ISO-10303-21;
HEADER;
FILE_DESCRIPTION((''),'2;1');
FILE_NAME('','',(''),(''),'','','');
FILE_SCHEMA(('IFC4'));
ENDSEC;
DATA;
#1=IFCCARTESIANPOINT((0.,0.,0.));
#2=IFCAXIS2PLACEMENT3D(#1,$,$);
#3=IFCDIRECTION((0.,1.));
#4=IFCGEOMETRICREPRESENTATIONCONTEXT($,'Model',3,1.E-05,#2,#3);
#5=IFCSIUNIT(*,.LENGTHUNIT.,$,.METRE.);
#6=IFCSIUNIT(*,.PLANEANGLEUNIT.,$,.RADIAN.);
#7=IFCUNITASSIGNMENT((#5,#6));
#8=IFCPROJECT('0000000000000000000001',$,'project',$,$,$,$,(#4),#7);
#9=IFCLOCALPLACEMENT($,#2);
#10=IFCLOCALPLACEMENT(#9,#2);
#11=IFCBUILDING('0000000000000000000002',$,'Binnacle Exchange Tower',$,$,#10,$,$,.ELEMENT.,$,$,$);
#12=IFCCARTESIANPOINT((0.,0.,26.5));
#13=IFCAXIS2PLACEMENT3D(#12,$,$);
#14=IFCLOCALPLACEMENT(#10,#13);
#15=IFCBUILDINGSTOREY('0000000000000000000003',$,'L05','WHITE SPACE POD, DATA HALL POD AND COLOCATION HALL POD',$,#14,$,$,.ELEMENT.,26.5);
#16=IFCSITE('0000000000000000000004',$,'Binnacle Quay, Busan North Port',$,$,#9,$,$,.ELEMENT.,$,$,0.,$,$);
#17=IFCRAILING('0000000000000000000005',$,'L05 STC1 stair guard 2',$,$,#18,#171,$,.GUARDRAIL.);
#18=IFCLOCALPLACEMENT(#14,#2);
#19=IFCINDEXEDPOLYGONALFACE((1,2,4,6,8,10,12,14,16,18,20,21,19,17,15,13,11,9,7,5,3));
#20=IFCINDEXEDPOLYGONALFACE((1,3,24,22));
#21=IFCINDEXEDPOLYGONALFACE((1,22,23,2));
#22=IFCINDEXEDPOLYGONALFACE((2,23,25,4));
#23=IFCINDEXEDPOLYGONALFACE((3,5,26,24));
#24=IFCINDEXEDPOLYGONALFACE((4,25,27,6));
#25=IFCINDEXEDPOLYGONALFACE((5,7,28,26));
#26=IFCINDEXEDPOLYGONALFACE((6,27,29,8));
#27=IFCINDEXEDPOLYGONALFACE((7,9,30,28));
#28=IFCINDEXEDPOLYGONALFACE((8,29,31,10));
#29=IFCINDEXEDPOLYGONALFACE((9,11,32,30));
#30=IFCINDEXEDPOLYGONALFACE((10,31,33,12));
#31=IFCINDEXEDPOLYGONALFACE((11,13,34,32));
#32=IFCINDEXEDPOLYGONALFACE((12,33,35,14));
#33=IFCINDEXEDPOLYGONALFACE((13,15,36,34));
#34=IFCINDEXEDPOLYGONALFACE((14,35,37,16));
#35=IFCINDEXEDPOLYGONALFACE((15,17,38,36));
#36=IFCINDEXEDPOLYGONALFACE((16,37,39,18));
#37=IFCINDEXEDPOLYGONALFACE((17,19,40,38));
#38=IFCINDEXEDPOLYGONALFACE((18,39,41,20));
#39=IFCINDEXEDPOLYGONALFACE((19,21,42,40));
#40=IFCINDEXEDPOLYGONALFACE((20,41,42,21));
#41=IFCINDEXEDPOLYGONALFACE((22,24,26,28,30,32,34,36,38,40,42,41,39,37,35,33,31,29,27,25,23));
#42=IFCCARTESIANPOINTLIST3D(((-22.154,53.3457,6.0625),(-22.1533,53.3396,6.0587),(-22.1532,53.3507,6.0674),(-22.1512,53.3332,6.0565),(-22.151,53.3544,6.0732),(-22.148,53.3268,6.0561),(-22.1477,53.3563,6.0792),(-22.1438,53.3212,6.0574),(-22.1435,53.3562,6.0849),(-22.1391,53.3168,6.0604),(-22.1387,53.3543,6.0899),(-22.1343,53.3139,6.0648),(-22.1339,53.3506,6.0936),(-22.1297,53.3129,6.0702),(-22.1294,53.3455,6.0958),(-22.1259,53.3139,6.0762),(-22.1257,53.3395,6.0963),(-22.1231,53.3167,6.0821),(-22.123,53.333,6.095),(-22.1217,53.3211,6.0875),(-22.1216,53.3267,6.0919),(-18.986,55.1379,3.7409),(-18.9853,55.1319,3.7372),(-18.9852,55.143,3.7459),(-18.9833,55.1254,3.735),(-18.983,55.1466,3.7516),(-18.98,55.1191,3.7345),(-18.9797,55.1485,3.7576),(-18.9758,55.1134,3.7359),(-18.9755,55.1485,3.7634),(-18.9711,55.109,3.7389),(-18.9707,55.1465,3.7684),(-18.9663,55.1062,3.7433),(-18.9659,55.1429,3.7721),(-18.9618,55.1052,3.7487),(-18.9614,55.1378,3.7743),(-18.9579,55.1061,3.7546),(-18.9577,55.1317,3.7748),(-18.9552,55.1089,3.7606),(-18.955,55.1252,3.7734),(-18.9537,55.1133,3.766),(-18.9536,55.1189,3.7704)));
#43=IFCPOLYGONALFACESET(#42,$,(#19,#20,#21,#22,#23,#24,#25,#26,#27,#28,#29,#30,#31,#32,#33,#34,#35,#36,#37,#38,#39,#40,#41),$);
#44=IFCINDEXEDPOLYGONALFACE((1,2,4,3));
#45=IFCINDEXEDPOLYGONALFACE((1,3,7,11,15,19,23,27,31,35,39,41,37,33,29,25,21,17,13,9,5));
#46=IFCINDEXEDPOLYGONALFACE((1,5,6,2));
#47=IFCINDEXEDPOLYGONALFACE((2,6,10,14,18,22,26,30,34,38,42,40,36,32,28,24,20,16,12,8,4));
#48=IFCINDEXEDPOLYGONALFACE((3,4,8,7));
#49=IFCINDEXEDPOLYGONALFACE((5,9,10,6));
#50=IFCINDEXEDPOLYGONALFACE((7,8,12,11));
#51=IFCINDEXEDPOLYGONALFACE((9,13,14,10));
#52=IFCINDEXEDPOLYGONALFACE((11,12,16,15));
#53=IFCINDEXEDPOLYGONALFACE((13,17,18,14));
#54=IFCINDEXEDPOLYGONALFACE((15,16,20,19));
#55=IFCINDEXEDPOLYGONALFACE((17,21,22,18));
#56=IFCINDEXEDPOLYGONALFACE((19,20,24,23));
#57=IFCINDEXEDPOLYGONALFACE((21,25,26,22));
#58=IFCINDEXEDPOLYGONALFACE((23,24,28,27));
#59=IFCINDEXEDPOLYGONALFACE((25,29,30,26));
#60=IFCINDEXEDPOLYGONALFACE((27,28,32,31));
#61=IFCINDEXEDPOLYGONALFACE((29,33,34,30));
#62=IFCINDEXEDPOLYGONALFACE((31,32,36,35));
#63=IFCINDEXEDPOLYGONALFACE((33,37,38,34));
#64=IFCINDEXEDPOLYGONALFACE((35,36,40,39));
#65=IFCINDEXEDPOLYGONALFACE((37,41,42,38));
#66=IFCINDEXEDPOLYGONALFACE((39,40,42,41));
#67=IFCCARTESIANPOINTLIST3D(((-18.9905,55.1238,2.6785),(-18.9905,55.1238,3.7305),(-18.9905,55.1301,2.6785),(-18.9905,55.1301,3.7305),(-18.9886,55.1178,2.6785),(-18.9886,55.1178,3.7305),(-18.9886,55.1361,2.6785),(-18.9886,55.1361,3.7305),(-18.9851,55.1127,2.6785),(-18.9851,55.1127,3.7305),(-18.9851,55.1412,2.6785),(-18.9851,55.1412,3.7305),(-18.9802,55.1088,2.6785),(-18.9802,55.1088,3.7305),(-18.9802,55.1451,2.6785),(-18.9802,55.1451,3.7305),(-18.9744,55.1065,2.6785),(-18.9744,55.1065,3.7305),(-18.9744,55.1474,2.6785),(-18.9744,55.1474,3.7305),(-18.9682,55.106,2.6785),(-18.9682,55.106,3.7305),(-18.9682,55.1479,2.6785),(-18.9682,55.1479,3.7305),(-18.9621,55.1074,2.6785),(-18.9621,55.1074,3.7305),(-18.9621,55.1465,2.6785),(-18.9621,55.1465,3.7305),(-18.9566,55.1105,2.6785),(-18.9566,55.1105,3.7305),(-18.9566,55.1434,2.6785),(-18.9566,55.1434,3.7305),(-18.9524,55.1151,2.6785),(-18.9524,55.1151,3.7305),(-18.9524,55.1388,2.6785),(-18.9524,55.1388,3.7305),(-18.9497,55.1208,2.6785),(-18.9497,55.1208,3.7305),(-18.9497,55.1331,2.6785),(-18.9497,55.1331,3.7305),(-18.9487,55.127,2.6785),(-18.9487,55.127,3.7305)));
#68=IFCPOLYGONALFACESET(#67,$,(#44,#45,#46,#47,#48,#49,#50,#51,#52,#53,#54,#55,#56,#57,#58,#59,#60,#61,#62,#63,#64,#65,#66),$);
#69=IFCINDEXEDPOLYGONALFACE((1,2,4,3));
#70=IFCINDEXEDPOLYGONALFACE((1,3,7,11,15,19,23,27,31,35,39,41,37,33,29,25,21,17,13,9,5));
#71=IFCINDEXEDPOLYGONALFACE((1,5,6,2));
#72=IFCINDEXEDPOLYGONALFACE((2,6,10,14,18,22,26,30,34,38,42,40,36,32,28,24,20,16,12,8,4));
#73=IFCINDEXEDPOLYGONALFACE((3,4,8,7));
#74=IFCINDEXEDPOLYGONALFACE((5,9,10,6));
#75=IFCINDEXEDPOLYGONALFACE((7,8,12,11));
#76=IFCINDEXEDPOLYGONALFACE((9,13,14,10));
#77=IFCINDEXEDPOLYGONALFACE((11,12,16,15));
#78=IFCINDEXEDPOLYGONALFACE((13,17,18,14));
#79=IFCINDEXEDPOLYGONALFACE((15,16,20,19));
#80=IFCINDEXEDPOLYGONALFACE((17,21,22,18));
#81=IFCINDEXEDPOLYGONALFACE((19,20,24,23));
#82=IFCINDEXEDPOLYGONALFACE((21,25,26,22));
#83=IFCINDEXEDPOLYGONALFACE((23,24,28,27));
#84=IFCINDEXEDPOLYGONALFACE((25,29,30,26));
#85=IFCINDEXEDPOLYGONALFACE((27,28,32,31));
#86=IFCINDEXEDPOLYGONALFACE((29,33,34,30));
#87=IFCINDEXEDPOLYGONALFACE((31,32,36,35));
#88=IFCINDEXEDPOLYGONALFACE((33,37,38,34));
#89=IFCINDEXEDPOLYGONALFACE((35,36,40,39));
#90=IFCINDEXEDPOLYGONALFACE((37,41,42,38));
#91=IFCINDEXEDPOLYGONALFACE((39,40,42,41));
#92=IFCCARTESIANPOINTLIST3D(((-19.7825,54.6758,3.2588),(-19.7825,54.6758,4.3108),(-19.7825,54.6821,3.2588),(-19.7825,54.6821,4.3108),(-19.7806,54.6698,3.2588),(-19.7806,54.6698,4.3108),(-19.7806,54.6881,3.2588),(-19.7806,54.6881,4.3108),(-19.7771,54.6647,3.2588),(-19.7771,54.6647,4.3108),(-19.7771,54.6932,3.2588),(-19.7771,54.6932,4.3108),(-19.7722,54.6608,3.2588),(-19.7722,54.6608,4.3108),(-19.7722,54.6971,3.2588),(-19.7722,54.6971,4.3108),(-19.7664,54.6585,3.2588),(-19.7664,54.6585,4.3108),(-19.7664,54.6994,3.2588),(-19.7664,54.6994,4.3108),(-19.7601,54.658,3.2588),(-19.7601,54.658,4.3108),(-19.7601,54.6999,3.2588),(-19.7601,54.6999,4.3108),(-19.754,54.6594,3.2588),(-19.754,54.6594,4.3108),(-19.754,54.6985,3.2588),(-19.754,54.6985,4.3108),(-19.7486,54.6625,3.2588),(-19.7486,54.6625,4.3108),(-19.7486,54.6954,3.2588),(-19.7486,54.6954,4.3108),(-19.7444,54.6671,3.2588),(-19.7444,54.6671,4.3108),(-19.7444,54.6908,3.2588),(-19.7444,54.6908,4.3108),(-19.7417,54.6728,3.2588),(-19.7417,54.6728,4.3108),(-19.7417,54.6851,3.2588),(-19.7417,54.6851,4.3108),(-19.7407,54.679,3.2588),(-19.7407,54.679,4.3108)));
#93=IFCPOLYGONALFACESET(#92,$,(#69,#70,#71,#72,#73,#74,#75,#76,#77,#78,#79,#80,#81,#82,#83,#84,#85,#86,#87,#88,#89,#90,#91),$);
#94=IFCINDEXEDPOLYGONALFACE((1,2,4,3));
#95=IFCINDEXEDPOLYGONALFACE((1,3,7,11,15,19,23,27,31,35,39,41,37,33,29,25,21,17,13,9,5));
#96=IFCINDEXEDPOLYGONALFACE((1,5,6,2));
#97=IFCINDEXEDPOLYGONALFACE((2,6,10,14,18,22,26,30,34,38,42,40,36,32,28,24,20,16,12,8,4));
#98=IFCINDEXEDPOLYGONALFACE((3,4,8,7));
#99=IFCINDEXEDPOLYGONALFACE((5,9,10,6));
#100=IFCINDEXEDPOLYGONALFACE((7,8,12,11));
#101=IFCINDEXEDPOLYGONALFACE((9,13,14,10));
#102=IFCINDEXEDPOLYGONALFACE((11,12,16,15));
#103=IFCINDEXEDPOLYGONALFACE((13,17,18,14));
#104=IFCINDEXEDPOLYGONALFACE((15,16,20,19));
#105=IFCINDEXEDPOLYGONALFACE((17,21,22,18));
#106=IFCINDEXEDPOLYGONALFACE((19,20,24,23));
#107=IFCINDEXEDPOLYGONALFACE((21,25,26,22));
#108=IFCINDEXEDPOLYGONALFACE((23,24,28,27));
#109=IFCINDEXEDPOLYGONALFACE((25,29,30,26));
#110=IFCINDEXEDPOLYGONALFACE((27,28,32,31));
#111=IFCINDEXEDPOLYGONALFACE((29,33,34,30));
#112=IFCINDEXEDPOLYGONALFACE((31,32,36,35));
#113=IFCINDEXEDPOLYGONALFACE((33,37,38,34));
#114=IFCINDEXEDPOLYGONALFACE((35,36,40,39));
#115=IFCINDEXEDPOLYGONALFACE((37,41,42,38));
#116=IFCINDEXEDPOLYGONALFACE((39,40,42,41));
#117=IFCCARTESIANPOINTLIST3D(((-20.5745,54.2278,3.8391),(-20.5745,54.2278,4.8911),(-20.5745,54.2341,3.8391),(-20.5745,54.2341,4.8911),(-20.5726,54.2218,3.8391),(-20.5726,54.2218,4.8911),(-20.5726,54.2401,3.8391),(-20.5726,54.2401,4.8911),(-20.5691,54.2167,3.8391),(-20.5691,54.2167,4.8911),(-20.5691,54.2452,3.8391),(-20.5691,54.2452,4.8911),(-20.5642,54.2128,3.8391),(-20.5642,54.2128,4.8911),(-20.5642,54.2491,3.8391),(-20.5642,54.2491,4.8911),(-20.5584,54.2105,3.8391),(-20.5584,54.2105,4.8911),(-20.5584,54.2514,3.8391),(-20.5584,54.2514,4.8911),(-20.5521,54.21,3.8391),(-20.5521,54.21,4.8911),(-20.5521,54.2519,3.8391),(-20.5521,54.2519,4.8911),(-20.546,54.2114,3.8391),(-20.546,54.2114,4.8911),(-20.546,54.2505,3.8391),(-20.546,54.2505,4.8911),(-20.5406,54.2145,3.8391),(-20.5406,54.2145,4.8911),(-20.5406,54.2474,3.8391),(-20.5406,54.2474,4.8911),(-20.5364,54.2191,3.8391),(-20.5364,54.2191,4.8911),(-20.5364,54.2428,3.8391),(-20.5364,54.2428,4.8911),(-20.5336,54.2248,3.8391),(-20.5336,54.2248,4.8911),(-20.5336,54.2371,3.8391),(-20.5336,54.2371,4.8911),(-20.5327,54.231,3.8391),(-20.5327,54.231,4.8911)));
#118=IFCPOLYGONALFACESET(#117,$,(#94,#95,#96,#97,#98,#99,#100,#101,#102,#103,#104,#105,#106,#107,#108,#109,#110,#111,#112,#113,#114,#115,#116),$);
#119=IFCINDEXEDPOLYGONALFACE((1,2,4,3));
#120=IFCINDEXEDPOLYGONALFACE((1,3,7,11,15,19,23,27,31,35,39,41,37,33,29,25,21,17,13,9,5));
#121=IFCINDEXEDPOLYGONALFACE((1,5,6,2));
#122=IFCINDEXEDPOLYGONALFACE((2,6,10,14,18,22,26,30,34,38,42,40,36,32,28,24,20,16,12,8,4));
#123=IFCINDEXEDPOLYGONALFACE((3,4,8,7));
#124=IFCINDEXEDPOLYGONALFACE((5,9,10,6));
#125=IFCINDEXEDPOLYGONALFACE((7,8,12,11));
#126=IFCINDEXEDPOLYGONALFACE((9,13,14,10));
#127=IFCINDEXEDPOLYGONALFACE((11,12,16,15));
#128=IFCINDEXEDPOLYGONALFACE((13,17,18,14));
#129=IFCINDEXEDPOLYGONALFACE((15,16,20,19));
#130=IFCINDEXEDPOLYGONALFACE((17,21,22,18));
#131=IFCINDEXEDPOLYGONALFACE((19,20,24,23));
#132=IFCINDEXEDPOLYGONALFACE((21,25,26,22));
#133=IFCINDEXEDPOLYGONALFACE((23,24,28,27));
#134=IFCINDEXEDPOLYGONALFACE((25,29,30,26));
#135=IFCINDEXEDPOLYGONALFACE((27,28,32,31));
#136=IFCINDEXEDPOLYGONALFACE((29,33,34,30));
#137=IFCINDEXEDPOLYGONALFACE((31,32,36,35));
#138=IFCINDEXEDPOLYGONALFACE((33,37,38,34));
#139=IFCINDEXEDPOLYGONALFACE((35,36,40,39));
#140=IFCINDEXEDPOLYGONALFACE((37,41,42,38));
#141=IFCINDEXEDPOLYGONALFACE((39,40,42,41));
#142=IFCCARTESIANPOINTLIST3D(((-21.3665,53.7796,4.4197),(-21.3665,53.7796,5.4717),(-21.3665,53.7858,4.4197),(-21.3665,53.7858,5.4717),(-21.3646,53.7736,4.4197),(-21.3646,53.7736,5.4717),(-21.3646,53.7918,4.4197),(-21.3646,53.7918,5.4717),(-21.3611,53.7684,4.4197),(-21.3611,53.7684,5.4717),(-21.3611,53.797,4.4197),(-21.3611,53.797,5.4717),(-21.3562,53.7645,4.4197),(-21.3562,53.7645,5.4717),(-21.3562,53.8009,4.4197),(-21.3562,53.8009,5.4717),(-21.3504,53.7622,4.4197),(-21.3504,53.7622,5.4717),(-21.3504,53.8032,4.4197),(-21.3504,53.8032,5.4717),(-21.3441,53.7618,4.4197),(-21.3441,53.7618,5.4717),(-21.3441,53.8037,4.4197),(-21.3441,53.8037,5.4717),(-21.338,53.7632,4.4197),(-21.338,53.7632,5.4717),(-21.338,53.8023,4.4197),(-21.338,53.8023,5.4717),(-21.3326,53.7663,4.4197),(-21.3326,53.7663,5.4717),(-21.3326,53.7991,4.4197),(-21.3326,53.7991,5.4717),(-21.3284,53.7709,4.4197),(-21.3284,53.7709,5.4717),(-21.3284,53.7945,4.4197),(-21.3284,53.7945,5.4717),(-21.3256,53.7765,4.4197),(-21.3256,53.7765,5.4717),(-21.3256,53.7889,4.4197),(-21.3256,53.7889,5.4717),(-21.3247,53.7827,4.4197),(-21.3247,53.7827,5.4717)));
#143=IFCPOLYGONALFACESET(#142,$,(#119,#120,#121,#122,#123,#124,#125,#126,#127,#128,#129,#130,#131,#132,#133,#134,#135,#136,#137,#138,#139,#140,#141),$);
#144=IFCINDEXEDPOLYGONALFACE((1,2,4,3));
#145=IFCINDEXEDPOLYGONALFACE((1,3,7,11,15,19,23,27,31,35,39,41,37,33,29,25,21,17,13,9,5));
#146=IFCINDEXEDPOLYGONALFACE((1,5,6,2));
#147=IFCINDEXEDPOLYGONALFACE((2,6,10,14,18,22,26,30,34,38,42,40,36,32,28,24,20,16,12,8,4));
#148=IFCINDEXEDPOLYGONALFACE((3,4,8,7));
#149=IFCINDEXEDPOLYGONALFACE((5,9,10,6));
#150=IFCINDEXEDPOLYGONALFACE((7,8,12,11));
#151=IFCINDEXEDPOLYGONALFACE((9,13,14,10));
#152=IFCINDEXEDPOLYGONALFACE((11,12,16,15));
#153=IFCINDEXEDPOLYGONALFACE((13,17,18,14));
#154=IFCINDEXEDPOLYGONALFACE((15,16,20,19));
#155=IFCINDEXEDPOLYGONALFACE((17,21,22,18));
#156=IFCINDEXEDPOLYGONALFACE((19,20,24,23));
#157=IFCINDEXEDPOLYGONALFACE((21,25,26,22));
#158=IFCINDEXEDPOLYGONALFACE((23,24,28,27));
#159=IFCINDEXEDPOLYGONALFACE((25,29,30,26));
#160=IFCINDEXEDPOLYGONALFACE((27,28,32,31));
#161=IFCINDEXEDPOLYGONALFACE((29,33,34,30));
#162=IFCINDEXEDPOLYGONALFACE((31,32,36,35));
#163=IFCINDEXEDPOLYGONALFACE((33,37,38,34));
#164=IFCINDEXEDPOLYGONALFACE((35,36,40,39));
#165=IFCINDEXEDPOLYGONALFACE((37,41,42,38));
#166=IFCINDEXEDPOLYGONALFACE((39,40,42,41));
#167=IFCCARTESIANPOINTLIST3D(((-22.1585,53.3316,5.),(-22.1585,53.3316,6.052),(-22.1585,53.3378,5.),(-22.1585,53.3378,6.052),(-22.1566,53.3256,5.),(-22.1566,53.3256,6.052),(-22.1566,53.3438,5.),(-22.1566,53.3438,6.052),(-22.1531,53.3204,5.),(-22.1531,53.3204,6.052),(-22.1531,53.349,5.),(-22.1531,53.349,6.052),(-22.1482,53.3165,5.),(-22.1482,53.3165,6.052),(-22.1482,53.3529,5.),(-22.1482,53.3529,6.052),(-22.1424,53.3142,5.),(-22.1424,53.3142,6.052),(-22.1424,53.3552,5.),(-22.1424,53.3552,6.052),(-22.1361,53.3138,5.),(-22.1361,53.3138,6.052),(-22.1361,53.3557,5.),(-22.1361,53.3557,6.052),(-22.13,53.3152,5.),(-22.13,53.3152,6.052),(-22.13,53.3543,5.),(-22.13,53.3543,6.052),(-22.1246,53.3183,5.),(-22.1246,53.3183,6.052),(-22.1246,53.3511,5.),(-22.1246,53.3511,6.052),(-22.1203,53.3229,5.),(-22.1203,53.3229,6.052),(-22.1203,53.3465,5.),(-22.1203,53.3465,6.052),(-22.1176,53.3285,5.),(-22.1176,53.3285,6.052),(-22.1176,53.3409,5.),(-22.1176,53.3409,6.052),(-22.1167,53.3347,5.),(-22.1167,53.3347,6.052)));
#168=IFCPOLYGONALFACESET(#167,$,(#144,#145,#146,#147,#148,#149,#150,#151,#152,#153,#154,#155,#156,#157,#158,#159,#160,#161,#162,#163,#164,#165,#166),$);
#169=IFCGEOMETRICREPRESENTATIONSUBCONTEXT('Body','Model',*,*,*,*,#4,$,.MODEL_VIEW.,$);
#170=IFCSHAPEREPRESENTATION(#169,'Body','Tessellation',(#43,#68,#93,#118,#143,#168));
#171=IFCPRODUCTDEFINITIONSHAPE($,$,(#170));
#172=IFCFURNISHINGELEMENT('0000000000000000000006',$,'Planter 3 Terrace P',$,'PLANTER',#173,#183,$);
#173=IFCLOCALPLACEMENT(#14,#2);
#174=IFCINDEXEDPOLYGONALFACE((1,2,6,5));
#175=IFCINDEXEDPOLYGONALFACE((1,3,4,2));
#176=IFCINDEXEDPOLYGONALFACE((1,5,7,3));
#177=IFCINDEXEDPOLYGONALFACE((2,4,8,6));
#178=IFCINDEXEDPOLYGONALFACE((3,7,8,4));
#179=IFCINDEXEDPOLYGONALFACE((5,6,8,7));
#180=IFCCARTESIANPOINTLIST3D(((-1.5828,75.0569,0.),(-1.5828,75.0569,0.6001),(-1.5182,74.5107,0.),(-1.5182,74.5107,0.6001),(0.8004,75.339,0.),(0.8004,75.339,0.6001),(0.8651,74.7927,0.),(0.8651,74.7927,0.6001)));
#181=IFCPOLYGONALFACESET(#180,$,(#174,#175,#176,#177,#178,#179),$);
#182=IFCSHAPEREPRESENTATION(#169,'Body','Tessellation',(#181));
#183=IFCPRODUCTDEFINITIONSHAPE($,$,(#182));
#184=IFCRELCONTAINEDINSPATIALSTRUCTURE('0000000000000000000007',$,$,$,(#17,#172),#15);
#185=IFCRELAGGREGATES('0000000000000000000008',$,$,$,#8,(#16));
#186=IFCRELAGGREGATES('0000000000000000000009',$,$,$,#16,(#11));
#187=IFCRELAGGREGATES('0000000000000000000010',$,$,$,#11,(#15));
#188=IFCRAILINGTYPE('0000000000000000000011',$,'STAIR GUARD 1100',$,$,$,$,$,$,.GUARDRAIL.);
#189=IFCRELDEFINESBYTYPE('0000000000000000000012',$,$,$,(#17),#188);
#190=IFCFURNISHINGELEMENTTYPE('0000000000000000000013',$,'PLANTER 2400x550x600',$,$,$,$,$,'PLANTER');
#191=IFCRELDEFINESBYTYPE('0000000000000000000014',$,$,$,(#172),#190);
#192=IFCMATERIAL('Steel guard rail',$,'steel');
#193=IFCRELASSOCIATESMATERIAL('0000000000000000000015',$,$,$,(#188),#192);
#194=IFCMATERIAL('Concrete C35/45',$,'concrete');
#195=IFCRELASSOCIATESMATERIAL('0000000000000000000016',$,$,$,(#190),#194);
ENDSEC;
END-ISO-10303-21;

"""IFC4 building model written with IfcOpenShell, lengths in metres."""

from ifc_helpers import new_model, si_unit, direction, frame, origin, origin_2d, place, context, subcontext, project, spatial, rectangle, circle, extrude, material, type_object, element, save


model = new_model("IFC4")

# Units and contexts
model_context = context("Model", 3, precision=1e-05, world=origin(), true_north=direction((0.0, 1.0)))
body_context = subcontext(model_context, "Body", "Model", "MODEL_VIEW")
ifc_project = project(units=[si_unit("LENGTHUNIT", "METRE"), si_unit("PLANEANGLEUNIT", "RADIAN")], contexts=[model_context])

# Site, building, storey
site_placement = place(None, origin())
site = spatial("IfcSite", under=ifc_project, at=site_placement, Name="Binnacle Quay, Busan North Port", CompositionType="ELEMENT", RefElevation=0.0)
building_placement = place(site_placement, origin())
building = spatial("IfcBuilding", under=site, at=building_placement, Name="Binnacle Exchange Tower", CompositionType="ELEMENT")
storey_placement = place(building_placement, frame((0.0, 0.0, 26.5)))
storey = spatial("IfcBuildingStorey", under=building, at=storey_placement, Name="L05", Description="WHITE SPACE POD, DATA HALL POD AND COLOCATION HALL POD", CompositionType="ELEMENT", Elevation=26.5)

# Shared definitions
ifc_material_1 = material(Name="Concrete C35/45", Category="concrete")

# Railing
ifc_material_2 = material(Name="Steel guard rail", Category="steel")
railing_type_1 = type_object("IfcRailingType", Name="STAIR GUARD 1100", PredefinedType="GUARDRAIL", material=ifc_material_2)
railing_1_placement = place(storey_placement, frame((-18.9697, 55.127, 2.6785)))
element("IfcRailing", 1, at=railing_1_placement, inside=storey, type_object=railing_type_1, Name="L05 STC1 stair guard 2", PredefinedType="GUARDRAIL", context=body_context, shape_type="SweptSolid", body=[
    extrude(circle(Radius=0.0239, at=origin_2d()), frame((0.0, 0.0, 1.0762), z_axis=(-0.733813, -0.415145, 0.537749), x_axis=(0.4924, -0.870369, 0.0)), (0.0, 0.0, 1.0), 4.3171),
    extrude(circle(Radius=0.021, at=origin_2d()), origin(), (0.0, 0.0, 1.0), 1.052),
    extrude(circle(Radius=0.021, at=origin_2d()), frame((-0.792, -0.448, 0.5803)), (0.0, 0.0, 1.0), 1.052),
    extrude(circle(Radius=0.021, at=origin_2d()), frame((-1.584, -0.896, 1.1606)), (0.0, 0.0, 1.0), 1.052),
    extrude(circle(Radius=0.021, at=origin_2d()), frame((-2.376, -1.3442, 1.7412)), (0.0, 0.0, 1.0), 1.052),
    extrude(circle(Radius=0.021, at=origin_2d()), frame((-3.168, -1.7922, 2.3215)), (0.0, 0.0, 1.0), 1.052),
])

# Furnishing element
furnishing_element_type = type_object("IfcFurnishingElementType", Name="PLANTER 2400x550x600", ElementType="PLANTER", material=ifc_material_1)
furnishing_placement = place(storey_placement, frame((-0.3589, 74.9248, 0.0), z_axis=(0.0, 0.0, 1.0), x_axis=(-0.993069, -0.117534, 0.0)))
element("IfcFurnishingElement", 2, at=furnishing_placement, inside=storey, type_object=furnishing_element_type, Name="Planter 3 Terrace P", ObjectType="PLANTER", context=body_context, shape_type="SweptSolid", body=[
    extrude(rectangle(XDim=2.3999, YDim=0.55, at=origin_2d()), origin(), (0.0, 0.0, 1.0), 0.6001),
])

save(model, "model.ifc")
